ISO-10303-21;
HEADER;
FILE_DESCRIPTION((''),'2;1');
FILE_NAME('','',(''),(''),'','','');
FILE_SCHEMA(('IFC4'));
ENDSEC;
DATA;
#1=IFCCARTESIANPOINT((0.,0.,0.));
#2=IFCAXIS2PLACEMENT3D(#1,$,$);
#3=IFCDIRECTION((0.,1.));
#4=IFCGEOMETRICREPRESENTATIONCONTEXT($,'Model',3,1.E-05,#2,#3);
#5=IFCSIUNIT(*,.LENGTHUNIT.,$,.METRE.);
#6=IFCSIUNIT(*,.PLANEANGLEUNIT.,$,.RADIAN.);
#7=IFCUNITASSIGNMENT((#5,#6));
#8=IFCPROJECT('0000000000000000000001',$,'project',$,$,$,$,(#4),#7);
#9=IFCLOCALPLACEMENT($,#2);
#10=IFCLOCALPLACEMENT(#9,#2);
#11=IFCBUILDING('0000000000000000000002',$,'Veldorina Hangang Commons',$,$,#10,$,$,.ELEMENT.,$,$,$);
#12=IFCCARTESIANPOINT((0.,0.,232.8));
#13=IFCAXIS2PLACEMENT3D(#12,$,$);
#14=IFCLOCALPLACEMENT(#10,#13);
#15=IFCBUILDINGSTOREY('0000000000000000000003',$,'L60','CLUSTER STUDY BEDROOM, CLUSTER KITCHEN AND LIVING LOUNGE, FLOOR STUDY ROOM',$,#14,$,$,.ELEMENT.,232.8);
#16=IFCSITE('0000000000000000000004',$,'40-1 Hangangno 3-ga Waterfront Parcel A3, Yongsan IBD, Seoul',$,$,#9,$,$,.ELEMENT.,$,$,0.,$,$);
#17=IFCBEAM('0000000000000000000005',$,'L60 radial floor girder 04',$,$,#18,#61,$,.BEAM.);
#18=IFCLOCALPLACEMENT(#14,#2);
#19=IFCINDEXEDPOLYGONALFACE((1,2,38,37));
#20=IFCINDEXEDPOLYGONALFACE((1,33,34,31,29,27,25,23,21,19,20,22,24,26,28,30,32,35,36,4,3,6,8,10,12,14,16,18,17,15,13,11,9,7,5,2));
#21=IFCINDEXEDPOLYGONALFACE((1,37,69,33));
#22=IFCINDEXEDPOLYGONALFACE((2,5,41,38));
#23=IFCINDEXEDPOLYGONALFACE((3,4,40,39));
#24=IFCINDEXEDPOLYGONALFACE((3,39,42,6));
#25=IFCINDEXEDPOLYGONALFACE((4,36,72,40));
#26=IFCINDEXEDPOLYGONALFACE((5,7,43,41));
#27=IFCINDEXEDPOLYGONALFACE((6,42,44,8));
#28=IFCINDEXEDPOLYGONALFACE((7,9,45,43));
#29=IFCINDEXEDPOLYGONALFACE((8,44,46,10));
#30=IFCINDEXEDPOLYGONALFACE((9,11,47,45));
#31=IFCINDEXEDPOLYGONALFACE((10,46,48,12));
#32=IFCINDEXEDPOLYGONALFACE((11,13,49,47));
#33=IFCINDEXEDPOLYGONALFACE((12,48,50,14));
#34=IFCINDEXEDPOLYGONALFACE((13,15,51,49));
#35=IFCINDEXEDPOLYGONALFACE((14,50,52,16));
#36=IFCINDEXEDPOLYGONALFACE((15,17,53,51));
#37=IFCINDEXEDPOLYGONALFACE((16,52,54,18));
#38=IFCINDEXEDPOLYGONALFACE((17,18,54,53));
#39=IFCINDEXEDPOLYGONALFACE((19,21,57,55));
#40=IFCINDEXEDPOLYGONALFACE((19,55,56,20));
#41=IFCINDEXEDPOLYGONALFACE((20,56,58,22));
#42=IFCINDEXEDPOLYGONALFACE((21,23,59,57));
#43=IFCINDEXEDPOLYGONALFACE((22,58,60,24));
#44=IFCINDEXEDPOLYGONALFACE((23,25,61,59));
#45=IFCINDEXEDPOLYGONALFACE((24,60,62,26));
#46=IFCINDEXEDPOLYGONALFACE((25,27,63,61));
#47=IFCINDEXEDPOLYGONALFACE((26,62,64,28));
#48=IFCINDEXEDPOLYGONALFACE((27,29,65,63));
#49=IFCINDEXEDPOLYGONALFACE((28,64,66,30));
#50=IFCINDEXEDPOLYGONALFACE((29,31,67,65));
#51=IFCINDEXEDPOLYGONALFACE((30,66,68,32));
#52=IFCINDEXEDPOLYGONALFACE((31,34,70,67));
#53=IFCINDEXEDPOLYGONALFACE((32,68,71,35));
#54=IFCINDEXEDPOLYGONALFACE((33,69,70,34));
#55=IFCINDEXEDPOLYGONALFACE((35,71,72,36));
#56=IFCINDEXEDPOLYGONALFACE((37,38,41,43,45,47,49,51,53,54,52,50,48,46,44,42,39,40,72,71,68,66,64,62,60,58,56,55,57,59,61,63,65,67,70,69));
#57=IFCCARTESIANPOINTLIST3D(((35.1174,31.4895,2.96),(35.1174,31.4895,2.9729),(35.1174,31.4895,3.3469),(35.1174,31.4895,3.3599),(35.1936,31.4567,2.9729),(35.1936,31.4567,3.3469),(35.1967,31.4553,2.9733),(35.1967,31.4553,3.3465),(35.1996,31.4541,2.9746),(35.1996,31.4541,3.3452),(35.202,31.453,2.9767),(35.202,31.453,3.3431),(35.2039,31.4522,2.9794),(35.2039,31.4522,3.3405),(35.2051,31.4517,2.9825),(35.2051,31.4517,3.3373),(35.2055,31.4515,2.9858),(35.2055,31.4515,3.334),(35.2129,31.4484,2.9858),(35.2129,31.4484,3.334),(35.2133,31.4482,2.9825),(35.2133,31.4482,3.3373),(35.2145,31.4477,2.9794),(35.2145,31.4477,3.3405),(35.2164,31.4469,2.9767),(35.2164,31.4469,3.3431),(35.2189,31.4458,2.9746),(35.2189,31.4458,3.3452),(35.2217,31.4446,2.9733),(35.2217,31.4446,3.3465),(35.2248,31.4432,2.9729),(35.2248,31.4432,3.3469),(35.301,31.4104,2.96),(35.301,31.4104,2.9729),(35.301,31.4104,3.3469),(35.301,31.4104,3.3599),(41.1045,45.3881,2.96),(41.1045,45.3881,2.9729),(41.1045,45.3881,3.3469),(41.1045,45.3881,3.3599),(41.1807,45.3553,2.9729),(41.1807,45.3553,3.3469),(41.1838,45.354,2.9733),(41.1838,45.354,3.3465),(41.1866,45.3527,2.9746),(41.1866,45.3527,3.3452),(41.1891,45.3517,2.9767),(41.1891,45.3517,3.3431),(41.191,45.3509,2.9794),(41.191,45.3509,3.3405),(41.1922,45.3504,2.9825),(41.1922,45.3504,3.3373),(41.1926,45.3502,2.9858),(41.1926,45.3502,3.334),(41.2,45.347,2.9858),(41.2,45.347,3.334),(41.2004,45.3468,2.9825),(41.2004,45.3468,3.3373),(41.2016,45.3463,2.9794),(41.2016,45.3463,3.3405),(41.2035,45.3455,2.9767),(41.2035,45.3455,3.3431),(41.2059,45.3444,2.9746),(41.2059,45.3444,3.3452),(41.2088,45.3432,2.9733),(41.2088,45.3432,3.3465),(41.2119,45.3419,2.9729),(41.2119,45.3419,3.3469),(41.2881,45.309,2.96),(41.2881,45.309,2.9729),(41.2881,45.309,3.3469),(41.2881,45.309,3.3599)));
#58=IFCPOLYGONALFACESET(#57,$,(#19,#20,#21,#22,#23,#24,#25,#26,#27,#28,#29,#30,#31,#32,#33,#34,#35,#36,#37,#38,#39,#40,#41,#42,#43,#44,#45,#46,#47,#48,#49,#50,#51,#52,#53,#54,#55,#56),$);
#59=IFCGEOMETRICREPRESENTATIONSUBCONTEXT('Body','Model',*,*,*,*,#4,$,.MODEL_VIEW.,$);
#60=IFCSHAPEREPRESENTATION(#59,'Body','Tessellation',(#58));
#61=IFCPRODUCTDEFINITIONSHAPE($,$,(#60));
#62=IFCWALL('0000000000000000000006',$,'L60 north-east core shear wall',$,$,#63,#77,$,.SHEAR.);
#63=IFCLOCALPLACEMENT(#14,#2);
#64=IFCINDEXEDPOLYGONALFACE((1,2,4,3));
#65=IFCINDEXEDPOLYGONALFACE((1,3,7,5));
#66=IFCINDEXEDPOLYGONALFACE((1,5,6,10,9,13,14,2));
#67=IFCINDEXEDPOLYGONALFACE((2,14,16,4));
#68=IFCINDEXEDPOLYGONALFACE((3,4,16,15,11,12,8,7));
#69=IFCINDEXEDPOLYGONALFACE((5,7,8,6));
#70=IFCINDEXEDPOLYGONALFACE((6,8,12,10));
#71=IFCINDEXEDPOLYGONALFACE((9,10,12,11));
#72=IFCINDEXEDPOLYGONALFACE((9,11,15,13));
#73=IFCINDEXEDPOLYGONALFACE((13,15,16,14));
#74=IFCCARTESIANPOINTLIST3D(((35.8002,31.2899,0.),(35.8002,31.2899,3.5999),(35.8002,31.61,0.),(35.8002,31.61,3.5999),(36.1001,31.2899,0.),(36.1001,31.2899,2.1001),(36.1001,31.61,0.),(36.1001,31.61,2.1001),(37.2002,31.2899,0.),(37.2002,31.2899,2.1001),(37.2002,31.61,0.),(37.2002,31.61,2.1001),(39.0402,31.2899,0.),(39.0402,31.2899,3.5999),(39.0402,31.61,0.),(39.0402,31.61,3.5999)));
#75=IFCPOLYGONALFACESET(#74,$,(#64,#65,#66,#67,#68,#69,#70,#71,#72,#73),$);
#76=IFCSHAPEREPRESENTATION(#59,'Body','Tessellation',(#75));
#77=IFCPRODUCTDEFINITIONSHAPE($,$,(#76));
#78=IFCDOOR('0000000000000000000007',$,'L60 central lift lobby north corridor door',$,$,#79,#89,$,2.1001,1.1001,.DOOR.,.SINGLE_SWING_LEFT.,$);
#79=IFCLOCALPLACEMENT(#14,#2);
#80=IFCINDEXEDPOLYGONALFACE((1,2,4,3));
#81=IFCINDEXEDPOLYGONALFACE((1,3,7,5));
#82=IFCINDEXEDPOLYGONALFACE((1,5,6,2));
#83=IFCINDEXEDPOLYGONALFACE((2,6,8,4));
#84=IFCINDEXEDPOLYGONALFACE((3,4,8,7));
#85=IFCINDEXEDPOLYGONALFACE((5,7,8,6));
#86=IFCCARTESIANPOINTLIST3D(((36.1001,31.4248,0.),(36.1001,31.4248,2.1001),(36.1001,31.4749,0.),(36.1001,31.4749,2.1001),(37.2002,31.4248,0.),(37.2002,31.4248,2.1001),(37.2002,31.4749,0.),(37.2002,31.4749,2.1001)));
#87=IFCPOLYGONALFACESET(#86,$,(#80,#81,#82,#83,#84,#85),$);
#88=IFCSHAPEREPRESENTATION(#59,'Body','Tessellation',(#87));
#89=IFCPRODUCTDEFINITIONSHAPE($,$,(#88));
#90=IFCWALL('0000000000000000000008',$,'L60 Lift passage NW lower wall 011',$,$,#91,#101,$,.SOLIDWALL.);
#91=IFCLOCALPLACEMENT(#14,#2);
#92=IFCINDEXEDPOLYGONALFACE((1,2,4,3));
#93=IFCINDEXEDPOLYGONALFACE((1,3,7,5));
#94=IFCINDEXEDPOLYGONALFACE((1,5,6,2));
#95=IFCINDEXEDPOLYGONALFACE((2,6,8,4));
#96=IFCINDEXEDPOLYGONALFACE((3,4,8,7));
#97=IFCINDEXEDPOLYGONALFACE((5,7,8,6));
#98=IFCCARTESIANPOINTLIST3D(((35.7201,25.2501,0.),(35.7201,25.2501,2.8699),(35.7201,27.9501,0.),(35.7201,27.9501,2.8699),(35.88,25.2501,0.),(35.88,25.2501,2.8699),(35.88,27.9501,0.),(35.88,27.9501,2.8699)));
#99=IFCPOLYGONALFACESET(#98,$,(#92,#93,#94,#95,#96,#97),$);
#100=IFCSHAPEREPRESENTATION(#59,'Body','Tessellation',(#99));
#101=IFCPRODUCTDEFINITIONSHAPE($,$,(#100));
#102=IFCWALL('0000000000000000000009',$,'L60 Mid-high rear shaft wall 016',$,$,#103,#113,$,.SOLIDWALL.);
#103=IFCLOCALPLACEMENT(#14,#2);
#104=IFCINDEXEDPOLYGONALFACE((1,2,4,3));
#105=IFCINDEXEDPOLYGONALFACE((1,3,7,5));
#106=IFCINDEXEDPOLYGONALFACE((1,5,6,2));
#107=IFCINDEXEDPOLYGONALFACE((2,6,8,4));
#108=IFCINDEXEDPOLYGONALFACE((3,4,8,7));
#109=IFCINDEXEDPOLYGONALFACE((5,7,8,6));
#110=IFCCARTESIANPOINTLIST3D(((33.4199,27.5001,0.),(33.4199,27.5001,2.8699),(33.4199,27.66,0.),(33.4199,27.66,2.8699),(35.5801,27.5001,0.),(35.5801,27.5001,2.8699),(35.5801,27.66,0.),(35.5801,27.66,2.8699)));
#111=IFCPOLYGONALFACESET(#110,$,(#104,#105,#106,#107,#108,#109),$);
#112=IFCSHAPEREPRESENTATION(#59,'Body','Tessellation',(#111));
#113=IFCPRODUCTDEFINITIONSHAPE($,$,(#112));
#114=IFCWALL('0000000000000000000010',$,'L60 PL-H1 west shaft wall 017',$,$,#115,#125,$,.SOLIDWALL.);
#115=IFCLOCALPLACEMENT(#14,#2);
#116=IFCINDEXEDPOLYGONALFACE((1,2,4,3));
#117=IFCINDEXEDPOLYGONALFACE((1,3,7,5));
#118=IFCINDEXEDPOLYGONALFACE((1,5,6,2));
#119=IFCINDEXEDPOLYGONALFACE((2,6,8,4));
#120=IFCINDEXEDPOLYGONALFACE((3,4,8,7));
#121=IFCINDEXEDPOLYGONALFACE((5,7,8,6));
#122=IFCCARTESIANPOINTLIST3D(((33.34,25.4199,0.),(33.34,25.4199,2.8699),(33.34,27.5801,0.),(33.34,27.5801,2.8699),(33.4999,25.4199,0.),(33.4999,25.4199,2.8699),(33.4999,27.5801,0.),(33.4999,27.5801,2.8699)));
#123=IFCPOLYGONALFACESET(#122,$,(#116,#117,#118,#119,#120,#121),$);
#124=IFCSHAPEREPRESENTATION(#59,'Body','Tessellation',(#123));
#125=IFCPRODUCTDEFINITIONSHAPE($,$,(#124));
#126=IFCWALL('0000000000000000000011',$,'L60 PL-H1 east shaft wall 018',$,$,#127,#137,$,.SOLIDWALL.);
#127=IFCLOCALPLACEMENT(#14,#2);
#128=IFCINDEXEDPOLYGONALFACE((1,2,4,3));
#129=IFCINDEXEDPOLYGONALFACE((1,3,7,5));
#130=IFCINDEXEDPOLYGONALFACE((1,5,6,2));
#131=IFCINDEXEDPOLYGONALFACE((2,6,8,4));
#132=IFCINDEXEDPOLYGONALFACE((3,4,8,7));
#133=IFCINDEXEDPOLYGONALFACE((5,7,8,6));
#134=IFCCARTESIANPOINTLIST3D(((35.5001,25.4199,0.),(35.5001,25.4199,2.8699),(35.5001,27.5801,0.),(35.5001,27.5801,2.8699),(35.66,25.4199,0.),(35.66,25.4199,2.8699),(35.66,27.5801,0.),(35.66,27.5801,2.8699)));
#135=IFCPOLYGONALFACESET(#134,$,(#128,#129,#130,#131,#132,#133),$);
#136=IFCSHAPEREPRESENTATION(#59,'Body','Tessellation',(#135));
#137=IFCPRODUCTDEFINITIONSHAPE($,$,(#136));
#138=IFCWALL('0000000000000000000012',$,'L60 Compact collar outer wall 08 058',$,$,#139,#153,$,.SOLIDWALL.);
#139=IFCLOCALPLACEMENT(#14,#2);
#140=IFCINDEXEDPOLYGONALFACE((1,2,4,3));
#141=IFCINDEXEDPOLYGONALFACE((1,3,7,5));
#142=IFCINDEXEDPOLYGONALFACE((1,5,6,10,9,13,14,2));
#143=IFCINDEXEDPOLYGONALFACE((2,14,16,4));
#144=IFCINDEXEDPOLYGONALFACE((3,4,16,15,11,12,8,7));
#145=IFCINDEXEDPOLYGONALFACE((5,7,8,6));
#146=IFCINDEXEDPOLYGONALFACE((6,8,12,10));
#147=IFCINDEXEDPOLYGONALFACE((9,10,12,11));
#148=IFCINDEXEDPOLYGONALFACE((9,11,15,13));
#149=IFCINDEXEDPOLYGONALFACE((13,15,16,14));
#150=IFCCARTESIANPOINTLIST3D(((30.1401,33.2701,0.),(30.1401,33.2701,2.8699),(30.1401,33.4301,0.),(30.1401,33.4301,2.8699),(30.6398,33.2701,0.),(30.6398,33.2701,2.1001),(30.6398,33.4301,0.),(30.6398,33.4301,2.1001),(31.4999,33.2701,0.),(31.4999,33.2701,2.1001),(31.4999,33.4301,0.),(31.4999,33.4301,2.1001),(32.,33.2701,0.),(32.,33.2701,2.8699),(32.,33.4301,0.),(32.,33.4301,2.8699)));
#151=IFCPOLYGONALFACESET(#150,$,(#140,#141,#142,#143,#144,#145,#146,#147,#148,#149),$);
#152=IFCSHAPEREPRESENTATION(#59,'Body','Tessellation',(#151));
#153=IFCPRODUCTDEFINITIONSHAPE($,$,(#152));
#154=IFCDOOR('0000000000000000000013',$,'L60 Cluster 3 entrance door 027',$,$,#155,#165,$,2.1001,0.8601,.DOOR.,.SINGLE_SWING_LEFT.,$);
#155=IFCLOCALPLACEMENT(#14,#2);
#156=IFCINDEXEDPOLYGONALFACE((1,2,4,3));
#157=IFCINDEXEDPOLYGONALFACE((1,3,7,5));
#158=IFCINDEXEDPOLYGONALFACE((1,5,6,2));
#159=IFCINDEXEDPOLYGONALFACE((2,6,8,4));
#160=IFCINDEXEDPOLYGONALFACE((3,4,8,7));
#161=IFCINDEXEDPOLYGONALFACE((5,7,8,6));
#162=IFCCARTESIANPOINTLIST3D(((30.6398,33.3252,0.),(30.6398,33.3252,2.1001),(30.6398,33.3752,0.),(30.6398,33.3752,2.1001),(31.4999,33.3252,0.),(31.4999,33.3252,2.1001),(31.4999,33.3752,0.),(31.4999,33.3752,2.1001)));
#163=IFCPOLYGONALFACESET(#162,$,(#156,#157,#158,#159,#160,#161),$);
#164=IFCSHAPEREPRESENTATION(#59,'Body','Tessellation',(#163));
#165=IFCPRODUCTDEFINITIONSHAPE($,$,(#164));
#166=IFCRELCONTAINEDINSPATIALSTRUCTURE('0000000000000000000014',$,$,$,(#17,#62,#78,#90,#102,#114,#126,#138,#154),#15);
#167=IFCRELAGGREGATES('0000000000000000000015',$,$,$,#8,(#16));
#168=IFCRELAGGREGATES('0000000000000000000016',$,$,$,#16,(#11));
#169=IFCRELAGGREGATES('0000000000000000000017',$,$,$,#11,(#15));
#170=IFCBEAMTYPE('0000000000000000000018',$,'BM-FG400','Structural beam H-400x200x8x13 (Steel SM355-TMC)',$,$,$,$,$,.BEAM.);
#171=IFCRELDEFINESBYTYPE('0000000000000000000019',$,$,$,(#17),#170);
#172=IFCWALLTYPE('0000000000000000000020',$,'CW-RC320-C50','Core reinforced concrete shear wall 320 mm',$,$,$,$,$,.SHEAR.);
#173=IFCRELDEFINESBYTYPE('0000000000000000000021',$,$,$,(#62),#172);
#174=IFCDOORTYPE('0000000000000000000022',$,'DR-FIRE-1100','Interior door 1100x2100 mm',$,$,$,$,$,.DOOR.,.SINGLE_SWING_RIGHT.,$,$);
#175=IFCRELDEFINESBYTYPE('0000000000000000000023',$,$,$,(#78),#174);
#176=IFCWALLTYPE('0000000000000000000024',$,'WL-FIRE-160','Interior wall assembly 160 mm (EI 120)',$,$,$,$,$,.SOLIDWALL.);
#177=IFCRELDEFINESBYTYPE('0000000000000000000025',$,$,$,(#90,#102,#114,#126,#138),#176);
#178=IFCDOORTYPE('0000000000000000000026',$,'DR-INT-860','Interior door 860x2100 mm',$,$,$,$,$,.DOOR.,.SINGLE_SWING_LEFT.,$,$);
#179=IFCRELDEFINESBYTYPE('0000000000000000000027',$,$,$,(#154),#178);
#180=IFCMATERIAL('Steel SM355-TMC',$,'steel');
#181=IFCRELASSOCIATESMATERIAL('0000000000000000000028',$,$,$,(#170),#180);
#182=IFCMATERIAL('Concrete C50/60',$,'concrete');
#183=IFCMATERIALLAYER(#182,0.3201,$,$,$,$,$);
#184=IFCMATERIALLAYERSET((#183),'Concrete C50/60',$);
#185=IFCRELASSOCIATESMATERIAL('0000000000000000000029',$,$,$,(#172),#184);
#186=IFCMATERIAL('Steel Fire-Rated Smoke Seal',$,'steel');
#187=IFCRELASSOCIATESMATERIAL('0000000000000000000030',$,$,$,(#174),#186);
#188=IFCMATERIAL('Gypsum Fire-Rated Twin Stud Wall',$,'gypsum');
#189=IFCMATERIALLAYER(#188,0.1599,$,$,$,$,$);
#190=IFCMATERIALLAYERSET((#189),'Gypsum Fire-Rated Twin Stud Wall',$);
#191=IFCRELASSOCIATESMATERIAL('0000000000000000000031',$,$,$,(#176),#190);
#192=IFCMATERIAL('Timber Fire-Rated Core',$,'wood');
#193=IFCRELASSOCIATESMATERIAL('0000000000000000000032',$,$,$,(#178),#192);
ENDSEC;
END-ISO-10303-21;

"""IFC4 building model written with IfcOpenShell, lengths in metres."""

from ifc_helpers import new_model, si_unit, direction, frame, frame_2d, origin, origin_2d, place, context, subcontext, project, spatial, rectangle, i_section, extrude, material, layer, layer_set, material_profile, profile_set, type_object, element, fill, save


model = new_model("IFC4")

# Units and contexts
model_context = context("Model", 3, precision=1e-05, world=origin(), true_north=direction((0.0, 1.0)))
body_context = subcontext(model_context, "Body", "Model", "MODEL_VIEW")
ifc_project = project(units=[si_unit("LENGTHUNIT", "METRE"), si_unit("PLANEANGLEUNIT", "RADIAN")], contexts=[model_context])

# Site, building, storey
site_placement = place(None, origin())
site = spatial("IfcSite", under=ifc_project, at=site_placement, Name="40-1 Hangangno 3-ga Waterfront Parcel A3, Yongsan IBD, Seoul", CompositionType="ELEMENT", RefElevation=0.0)
building_placement = place(site_placement, origin())
building = spatial("IfcBuilding", under=site, at=building_placement, Name="Veldorina Hangang Commons", CompositionType="ELEMENT")
storey_placement = place(building_placement, frame((0.0, 0.0, 232.8)))
storey = spatial("IfcBuildingStorey", under=building, at=storey_placement, Name="L60", Description="CLUSTER STUDY BEDROOM, CLUSTER KITCHEN AND LIVING LOUNGE, FLOOR STUDY ROOM", CompositionType="ELEMENT", Elevation=232.8)

# Beam
ifc_material_1 = material(Name="Steel SM355-TMC", Category="steel")
ifc_material_profile = material_profile(ifc_material_1, i_section(OverallWidth=0.2, OverallDepth=0.3999, WebThickness=0.0081, FlangeThickness=0.0129, FilletRadius=0.0129, at=origin_2d()), Name="H-400x200x8x13")
ifc_profile_set = profile_set([ifc_material_profile], Name="Steel SM355-TMC")
beam_type = type_object("IfcBeamType", Name="BM-FG400", Description="Structural beam H-400x200x8x13 (Steel SM355-TMC)", PredefinedType="BEAM", material=ifc_profile_set)
beam_placement = place(storey_placement, frame((35.2092, 31.45, 3.1599), z_axis=(0.39562, 0.918414, 0.0), x_axis=(-0.918414, 0.39562, 0.0)))
element("IfcBeam", 1, at=beam_placement, inside=storey, type_object=beam_type, Name="L60 radial floor girder 04", PredefinedType="BEAM", context=body_context, shape_type="SweptSolid", body=[
    extrude(i_section(OverallWidth=0.2, OverallDepth=0.3999, WebThickness=0.0081, FlangeThickness=0.0129, FilletRadius=0.0129, at=origin_2d()), origin(), (0.0, 0.0, 1.0), 15.1333),
])

# Wall, opening, door
ifc_material_2 = material(Name="Concrete C50/60", Category="concrete")
ifc_layer_1 = layer(ifc_material_2, 0.3201)
ifc_layer_set_1 = layer_set([ifc_layer_1], Name="Concrete C50/60")
wall_type_1 = type_object("IfcWallType", Name="CW-RC320-C50", Description="Core reinforced concrete shear wall 320 mm", PredefinedType="SHEAR", material=ifc_layer_set_1)
wall_1_placement = place(storey_placement, frame((35.8, 31.45, 0.0), z_axis=(0.0, 0.0, 1.0), x_axis=(1.0, 0.0, 0.0)))
wall_1 = element("IfcWall", 2, at=wall_1_placement, inside=storey, type_object=wall_type_1, Name="L60 north-east core shear wall", PredefinedType="SHEAR", context=body_context, shape_type="SweptSolid", body=[
    extrude(rectangle(XDim=3.24, YDim=0.3201, at=frame_2d((1.6201, 0.0))), origin(), (0.0, 0.0, 1.0), 3.5999),
])
opening_1_placement = place(wall_1_placement, frame((0.3, 0.0, 0.0)))
opening_1 = element("IfcOpeningElement", 3, at=opening_1_placement, cuts=wall_1, PredefinedType="OPENING", context=body_context, shape_type="SweptSolid", body=[
    extrude(rectangle(XDim=1.1001, YDim=2.1001, at=frame_2d((0.55, 1.05))), frame((0.0, 0.1699, 0.0), z_axis=(0.0, -1.0, 0.0), x_axis=(1.0, 0.0, 0.0)), (0.0, 0.0, 1.0), 0.3401),
])
ifc_material_3 = material(Name="Steel Fire-Rated Smoke Seal", Category="steel")
door_type_1 = type_object("IfcDoorType", Name="DR-FIRE-1100", Description="Interior door 1100x2100 mm", OperationType="SINGLE_SWING_RIGHT", PredefinedType="DOOR", material=ifc_material_3)
door_1_placement = place(opening_1_placement, origin())
door_1 = element("IfcDoor", 4, at=door_1_placement, inside=storey, type_object=door_type_1, Name="L60 central lift lobby north corridor door", OperationType="SINGLE_SWING_LEFT", OverallHeight=2.1001, OverallWidth=1.1001, PredefinedType="DOOR", context=body_context, shape_type="SweptSolid", body=[
    extrude(rectangle(XDim=1.1001, YDim=2.1001, at=frame_2d((0.55, 1.05))), frame((0.0, 0.0249, 0.0), z_axis=(0.0, -1.0, 0.0), x_axis=(1.0, 0.0, 0.0)), (0.0, 0.0, 1.0), 0.05),
])
fill(opening_1, door_1)

# Wall
ifc_material_4 = material(Name="Gypsum Fire-Rated Twin Stud Wall", Category="gypsum")
ifc_layer_2 = layer(ifc_material_4, 0.1599)
ifc_layer_set_2 = layer_set([ifc_layer_2], Name="Gypsum Fire-Rated Twin Stud Wall")
wall_type_2 = type_object("IfcWallType", Name="WL-FIRE-160", Description="Interior wall assembly 160 mm (EI 120)", PredefinedType="SOLIDWALL", material=ifc_layer_set_2)
wall_2_placement = place(storey_placement, frame((35.8, 25.25, 0.0), z_axis=(0.0, 0.0, 1.0), x_axis=(0.0, 1.0, 0.0)))
element("IfcWall", 5, at=wall_2_placement, inside=storey, type_object=wall_type_2, Name="L60 Lift passage NW lower wall 011", PredefinedType="SOLIDWALL", context=body_context, shape_type="SweptSolid", body=[
    extrude(rectangle(XDim=2.7, YDim=0.1599, at=frame_2d((1.3501, 0.0))), origin(), (0.0, 0.0, 1.0), 2.8699),
])

# Walls
for number, where, z_axis, x_axis, name in (
    (6, (33.4199, 27.5801, 0.0), (0.0, 0.0, 1.0), (1.0, 0.0, 0.0), "L60 Mid-high rear shaft wall 016"),
    (7, (33.4199, 25.4199, 0.0), (0.0, 0.0, 1.0), (0.0, 1.0, 0.0), "L60 PL-H1 west shaft wall 017"),
    (8, (35.5801, 25.4199, 0.0), (0.0, 0.0, 1.0), (0.0, 1.0, 0.0), "L60 PL-H1 east shaft wall 018"),
):
    element("IfcWall", number, at=place(storey_placement, frame(where, z_axis=z_axis, x_axis=x_axis)), inside=storey, type_object=wall_type_2, Name=name, PredefinedType="SOLIDWALL", context=body_context, shape_type="SweptSolid", body=[
        extrude(rectangle(XDim=2.1602, YDim=0.1599, at=frame_2d((1.0801, 0.0))), origin(), (0.0, 0.0, 1.0), 2.8699),
    ])

# Wall, opening, door
wall_3_placement = place(storey_placement, frame((32.0, 33.3501, 0.0), z_axis=(0.0, 0.0, 1.0), x_axis=(-1.0, 0.0, 0.0)))
wall_3 = element("IfcWall", 9, at=wall_3_placement, inside=storey, type_object=wall_type_2, Name="L60 Compact collar outer wall 08 058", PredefinedType="SOLIDWALL", context=body_context, shape_type="SweptSolid", body=[
    extrude(rectangle(XDim=1.8599, YDim=0.1599, at=frame_2d((0.9299, 0.0))), origin(), (0.0, 0.0, 1.0), 2.8699),
])
opening_2_placement = place(wall_3_placement, frame((0.5, 0.0, 0.0)))
opening_2 = element("IfcOpeningElement", 10, at=opening_2_placement, cuts=wall_3, PredefinedType="OPENING", context=body_context, shape_type="SweptSolid", body=[
    extrude(rectangle(XDim=0.8601, YDim=2.1001, at=frame_2d((0.4302, 1.05))), frame((0.0, 0.0898, 0.0), z_axis=(0.0, -1.0, 0.0), x_axis=(1.0, 0.0, 0.0)), (0.0, 0.0, 1.0), 0.1799),
])
ifc_material_5 = material(Name="Timber Fire-Rated Core", Category="wood")
door_type_2 = type_object("IfcDoorType", Name="DR-INT-860", Description="Interior door 860x2100 mm", OperationType="SINGLE_SWING_LEFT", PredefinedType="DOOR", material=ifc_material_5)
door_2_placement = place(opening_2_placement, origin())
door_2 = element("IfcDoor", 11, at=door_2_placement, inside=storey, type_object=door_type_2, Name="L60 Cluster 3 entrance door 027", OperationType="SINGLE_SWING_LEFT", OverallHeight=2.1001, OverallWidth=0.8601, PredefinedType="DOOR", context=body_context, shape_type="SweptSolid", body=[
    extrude(rectangle(XDim=0.8601, YDim=2.1001, at=frame_2d((0.4302, 1.05))), frame((0.0, 0.0249, 0.0), z_axis=(0.0, -1.0, 0.0), x_axis=(1.0, 0.0, 0.0)), (0.0, 0.0, 1.0), 0.05),
])
fill(opening_2, door_2)

save(model, "model.ifc")
